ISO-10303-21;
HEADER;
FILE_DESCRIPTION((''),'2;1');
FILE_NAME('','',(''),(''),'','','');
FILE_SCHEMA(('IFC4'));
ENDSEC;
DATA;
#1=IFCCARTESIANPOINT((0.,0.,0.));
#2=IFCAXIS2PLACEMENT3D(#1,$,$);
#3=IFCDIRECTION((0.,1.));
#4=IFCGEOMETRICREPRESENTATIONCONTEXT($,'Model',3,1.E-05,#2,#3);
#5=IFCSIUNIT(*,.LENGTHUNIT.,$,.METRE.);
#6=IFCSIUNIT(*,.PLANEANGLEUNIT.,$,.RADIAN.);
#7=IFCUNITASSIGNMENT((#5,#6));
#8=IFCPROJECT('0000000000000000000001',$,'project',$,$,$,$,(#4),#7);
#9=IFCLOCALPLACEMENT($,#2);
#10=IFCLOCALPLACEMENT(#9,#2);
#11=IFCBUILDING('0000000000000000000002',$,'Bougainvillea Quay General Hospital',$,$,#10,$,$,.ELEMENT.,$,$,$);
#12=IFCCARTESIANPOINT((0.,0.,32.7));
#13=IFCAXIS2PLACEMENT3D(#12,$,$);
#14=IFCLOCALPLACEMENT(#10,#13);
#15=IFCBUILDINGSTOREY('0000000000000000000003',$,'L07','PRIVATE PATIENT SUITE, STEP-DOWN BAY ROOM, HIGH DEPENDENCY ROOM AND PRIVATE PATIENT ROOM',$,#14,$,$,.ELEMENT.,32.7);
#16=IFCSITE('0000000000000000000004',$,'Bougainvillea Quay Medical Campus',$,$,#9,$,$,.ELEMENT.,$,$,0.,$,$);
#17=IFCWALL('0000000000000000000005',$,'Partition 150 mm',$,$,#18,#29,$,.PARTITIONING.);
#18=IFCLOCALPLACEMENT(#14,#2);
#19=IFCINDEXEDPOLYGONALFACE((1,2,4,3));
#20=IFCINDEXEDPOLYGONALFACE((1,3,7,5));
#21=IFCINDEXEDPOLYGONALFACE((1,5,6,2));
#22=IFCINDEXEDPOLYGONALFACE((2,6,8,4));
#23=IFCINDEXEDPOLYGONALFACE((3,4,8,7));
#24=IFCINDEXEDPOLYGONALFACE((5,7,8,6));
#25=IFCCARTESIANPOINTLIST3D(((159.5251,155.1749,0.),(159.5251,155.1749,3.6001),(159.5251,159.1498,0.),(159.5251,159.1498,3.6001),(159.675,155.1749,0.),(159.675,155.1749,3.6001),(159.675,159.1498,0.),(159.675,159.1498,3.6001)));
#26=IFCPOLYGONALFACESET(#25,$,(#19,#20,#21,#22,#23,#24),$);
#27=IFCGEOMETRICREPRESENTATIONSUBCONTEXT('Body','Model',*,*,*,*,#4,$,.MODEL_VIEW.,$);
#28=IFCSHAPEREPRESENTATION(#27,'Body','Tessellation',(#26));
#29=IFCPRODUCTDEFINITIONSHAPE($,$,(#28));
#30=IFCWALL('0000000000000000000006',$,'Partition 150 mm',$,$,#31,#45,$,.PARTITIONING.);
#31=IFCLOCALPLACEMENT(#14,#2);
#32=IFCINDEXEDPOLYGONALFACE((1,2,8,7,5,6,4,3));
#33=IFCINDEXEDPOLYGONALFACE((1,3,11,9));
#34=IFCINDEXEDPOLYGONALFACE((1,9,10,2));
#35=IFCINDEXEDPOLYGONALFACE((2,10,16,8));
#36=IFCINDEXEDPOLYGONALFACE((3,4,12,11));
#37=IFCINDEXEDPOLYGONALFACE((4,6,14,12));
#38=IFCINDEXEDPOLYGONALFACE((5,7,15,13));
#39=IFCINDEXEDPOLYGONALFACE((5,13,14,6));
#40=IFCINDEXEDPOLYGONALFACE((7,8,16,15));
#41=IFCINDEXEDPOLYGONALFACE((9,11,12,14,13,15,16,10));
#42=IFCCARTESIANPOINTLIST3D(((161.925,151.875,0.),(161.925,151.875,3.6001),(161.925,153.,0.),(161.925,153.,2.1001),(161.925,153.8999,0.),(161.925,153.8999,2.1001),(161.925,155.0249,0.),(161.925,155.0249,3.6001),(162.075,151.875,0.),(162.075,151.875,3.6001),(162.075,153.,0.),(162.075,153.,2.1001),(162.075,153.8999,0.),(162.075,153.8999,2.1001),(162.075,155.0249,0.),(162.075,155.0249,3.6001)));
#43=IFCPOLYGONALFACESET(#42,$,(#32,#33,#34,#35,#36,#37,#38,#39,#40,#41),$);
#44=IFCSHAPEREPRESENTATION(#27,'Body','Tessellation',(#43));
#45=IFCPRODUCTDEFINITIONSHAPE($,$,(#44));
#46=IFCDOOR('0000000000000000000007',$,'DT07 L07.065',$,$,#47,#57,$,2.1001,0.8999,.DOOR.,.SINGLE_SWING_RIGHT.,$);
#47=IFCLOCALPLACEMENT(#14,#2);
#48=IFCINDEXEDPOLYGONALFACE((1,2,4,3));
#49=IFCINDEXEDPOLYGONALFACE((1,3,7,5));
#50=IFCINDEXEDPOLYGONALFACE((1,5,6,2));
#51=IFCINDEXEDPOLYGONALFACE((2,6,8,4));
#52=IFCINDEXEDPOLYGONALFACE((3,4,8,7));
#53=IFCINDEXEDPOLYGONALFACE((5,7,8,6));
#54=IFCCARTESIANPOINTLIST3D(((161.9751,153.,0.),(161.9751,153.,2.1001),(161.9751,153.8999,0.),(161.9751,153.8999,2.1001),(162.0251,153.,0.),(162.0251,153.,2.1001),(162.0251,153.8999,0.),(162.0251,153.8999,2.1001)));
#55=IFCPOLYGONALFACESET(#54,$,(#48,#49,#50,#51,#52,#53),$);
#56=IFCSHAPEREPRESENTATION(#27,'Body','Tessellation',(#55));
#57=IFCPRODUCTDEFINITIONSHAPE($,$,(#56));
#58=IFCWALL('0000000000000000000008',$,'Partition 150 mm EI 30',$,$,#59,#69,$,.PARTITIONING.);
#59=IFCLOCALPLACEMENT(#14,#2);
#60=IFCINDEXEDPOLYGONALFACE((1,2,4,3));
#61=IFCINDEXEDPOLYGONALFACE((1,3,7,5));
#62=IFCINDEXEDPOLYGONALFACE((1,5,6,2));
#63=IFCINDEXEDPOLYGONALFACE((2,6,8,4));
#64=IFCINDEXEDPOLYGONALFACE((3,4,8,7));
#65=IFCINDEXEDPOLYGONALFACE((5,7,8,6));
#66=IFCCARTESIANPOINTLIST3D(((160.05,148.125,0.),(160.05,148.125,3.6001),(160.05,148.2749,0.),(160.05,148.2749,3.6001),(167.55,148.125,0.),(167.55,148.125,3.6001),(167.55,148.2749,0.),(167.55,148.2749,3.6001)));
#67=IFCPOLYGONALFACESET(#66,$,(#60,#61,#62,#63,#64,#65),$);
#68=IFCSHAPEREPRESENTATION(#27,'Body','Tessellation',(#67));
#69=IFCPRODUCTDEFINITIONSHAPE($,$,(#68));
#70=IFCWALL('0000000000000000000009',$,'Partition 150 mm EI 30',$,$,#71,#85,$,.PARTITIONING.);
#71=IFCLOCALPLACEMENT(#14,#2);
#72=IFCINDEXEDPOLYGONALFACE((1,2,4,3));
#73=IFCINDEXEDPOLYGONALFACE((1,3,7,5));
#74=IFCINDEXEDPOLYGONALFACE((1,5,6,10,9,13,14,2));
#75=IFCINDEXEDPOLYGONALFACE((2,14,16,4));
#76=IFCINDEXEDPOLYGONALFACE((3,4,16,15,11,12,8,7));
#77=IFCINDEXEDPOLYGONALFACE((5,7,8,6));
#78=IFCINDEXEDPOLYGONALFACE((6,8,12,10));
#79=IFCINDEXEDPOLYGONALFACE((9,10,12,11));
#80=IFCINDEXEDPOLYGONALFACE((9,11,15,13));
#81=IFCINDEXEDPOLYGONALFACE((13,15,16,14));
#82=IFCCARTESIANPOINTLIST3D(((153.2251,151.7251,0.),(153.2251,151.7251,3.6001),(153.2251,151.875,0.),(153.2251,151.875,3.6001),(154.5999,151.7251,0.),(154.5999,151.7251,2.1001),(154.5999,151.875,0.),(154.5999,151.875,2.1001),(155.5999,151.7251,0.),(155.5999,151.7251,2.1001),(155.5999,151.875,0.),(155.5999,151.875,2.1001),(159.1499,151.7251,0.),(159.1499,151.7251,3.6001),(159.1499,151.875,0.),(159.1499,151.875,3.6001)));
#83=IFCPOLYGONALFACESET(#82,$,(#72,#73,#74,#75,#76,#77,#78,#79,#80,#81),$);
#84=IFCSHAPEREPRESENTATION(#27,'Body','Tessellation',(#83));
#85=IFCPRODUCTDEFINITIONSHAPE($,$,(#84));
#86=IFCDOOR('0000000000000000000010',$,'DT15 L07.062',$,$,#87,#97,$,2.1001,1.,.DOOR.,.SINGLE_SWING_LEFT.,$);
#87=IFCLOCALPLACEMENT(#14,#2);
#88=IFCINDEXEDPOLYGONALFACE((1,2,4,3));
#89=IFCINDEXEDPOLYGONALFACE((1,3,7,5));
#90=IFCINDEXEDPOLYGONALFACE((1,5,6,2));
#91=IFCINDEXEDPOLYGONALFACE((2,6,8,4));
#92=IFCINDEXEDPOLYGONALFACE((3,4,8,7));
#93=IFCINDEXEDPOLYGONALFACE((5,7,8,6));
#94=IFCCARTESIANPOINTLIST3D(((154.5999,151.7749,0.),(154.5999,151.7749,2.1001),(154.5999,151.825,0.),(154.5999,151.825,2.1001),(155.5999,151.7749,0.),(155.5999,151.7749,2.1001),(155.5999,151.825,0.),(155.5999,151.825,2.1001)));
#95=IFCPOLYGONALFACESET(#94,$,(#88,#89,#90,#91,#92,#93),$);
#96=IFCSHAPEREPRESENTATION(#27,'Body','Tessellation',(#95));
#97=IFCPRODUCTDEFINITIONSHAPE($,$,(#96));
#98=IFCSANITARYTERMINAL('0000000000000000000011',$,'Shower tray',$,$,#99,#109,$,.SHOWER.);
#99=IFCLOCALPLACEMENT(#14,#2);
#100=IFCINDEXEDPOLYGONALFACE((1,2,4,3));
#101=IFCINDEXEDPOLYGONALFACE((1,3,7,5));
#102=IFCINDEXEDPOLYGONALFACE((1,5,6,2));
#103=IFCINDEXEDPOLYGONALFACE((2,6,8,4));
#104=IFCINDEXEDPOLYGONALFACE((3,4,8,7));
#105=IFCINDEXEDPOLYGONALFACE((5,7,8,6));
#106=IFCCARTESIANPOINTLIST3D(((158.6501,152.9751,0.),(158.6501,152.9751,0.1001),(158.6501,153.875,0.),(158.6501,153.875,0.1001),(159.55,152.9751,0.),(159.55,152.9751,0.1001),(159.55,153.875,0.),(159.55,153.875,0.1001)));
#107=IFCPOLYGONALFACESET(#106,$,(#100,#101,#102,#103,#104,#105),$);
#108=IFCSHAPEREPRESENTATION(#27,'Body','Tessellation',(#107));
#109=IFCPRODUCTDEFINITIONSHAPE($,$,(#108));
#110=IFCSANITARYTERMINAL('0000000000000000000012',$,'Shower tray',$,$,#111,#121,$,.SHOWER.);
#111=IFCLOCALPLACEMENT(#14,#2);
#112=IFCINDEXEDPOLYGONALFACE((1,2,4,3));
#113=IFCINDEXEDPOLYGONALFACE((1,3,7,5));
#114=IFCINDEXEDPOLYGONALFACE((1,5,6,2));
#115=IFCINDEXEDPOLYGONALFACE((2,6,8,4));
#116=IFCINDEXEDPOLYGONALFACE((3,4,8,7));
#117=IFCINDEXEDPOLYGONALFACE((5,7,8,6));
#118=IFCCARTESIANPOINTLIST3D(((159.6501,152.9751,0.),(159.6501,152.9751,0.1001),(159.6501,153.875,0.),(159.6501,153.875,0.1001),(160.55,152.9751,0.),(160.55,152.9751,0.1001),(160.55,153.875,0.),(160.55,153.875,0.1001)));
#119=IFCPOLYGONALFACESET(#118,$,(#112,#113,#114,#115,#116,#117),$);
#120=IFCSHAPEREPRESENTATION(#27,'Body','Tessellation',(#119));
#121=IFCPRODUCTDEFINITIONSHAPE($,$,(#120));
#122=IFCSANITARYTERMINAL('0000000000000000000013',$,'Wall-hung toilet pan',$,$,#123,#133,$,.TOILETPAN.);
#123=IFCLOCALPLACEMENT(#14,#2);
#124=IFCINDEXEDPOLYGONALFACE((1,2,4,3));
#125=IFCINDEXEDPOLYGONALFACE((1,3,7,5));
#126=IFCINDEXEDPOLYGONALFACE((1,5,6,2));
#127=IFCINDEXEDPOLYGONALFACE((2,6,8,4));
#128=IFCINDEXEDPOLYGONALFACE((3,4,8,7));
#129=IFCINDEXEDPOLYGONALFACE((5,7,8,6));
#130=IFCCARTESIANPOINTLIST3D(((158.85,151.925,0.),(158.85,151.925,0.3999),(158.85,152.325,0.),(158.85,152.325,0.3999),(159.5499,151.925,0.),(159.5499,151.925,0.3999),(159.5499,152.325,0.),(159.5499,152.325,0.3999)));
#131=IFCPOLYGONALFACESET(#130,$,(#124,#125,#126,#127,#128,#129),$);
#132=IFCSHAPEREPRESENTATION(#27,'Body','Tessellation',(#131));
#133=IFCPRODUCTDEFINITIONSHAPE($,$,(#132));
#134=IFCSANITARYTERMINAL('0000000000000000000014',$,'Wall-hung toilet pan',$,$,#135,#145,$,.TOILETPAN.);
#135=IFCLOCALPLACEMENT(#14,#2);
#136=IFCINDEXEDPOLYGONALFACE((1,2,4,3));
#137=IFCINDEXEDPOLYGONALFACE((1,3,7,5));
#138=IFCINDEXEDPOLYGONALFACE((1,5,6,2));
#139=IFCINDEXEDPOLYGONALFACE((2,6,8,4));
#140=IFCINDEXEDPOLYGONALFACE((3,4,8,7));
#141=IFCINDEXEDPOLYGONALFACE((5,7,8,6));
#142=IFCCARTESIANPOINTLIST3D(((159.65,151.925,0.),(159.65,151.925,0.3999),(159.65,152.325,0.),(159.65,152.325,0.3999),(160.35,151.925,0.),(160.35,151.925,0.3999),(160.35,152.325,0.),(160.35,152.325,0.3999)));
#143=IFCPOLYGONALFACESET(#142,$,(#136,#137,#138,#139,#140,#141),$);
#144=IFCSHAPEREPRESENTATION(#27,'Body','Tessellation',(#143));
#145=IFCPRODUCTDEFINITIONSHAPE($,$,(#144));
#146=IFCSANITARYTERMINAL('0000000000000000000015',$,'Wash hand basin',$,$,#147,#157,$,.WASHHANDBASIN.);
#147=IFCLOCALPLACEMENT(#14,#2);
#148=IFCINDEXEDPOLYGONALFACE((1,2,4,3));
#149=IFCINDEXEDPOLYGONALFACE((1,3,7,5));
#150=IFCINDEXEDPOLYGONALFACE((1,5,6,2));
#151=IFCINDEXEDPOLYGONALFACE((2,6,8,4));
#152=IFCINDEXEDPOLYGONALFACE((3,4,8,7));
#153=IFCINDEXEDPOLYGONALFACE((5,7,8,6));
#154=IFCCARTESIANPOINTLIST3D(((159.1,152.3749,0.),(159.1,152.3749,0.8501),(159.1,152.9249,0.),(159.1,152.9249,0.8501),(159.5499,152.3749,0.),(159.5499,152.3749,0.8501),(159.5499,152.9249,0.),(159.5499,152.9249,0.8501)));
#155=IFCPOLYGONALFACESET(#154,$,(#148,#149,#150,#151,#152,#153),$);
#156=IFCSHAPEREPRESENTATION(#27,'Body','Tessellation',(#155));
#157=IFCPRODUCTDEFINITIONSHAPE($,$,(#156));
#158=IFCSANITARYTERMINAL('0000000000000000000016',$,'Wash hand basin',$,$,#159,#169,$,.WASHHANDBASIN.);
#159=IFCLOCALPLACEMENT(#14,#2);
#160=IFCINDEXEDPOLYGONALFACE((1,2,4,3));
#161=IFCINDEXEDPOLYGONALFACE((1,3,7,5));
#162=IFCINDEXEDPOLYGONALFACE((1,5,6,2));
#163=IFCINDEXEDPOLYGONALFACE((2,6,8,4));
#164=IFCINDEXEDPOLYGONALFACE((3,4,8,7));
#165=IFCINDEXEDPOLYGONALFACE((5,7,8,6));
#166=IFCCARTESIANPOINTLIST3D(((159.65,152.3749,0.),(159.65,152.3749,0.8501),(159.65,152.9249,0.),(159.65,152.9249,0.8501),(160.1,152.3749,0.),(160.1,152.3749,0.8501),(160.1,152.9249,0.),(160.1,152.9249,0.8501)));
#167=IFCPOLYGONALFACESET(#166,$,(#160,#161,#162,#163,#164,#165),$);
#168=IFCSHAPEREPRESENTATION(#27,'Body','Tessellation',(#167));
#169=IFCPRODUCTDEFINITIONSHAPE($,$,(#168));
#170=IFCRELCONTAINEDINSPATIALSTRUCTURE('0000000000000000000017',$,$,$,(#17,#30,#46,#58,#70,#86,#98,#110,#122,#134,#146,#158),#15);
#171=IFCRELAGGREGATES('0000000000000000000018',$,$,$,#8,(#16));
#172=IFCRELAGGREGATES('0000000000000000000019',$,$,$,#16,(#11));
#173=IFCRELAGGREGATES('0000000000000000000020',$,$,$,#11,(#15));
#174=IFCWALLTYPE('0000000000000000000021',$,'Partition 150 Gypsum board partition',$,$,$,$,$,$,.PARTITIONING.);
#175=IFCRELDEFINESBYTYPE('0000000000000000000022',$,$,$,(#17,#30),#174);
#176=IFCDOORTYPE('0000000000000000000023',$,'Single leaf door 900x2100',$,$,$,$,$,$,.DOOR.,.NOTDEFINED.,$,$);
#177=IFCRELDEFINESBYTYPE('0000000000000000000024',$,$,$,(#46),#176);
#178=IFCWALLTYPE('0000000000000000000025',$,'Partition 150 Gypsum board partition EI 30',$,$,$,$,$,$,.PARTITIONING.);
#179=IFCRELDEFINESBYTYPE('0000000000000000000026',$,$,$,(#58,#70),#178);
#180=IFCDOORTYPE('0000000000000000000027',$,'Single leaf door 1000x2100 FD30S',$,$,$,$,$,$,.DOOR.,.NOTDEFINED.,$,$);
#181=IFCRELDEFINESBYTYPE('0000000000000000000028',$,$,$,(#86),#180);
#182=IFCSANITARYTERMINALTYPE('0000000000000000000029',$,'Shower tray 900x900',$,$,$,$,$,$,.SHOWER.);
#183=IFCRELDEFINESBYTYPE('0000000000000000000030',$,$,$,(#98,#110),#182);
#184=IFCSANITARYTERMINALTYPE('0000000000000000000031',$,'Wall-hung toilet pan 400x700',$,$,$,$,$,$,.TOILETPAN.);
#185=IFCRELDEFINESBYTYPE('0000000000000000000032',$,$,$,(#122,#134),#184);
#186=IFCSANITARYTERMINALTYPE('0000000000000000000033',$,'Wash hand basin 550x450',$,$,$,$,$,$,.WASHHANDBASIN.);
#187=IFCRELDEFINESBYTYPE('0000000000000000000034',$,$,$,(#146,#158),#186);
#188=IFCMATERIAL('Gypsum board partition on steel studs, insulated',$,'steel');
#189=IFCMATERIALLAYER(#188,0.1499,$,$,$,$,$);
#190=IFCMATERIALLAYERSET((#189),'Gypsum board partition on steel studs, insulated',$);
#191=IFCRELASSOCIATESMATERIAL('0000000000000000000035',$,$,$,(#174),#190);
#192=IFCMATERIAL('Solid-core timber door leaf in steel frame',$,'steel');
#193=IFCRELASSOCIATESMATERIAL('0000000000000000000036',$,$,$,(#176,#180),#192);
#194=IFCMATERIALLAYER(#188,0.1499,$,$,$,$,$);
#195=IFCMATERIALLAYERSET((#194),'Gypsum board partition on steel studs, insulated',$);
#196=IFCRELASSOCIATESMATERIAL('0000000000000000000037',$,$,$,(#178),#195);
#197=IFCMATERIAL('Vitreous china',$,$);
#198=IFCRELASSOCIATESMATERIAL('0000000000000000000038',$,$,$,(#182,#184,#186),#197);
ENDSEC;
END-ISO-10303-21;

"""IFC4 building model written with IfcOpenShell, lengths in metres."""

from ifc_helpers import new_model, si_unit, direction, frame, frame_2d, origin, origin_2d, place, context, subcontext, project, spatial, rectangle, extrude, material, layer, layer_set, type_object, element, fill, save


model = new_model("IFC4")

# Units and contexts
model_context = context("Model", 3, precision=1e-05, world=origin(), true_north=direction((0.0, 1.0)))
body_context = subcontext(model_context, "Body", "Model", "MODEL_VIEW")
ifc_project = project(units=[si_unit("LENGTHUNIT", "METRE"), si_unit("PLANEANGLEUNIT", "RADIAN")], contexts=[model_context])

# Site, building, storey
site_placement = place(None, origin())
site = spatial("IfcSite", under=ifc_project, at=site_placement, Name="Bougainvillea Quay Medical Campus", CompositionType="ELEMENT", RefElevation=0.0)
building_placement = place(site_placement, origin())
building = spatial("IfcBuilding", under=site, at=building_placement, Name="Bougainvillea Quay General Hospital", CompositionType="ELEMENT")
storey_placement = place(building_placement, frame((0.0, 0.0, 32.7)))
storey = spatial("IfcBuildingStorey", under=building, at=storey_placement, Name="L07", Description="PRIVATE PATIENT SUITE, STEP-DOWN BAY ROOM, HIGH DEPENDENCY ROOM AND PRIVATE PATIENT ROOM", CompositionType="ELEMENT", Elevation=32.7)

# Wall
ifc_material_1 = material(Name="Gypsum board partition on steel studs, insulated", Category="steel")
ifc_layer_1 = layer(ifc_material_1, 0.1499)
ifc_layer_set_1 = layer_set([ifc_layer_1], Name="Gypsum board partition on steel studs, insulated")
wall_type_1 = type_object("IfcWallType", Name="Partition 150 Gypsum board partition", PredefinedType="PARTITIONING", material=ifc_layer_set_1)
wall_1_placement = place(storey_placement, frame((159.6001, 155.175, 0.0), z_axis=(0.0, 0.0, 1.0), x_axis=(0.0, 1.0, 0.0)))
element("IfcWall", 1, at=wall_1_placement, inside=storey, type_object=wall_type_1, Name="Partition 150 mm", PredefinedType="PARTITIONING", context=body_context, shape_type="SweptSolid", body=[
    extrude(rectangle(XDim=3.9749, YDim=0.1499, at=frame_2d((1.9873, 0.0))), origin(), (0.0, 0.0, 1.0), 3.6001),
])

# Wall, opening, door
wall_2_placement = place(storey_placement, frame((162.0, 151.875, 0.0), z_axis=(0.0, 0.0, 1.0), x_axis=(0.0, 1.0, 0.0)))
wall_2 = element("IfcWall", 2, at=wall_2_placement, inside=storey, type_object=wall_type_1, Name="Partition 150 mm", PredefinedType="PARTITIONING", context=body_context, shape_type="SweptSolid", body=[
    extrude(rectangle(XDim=3.1499, YDim=0.1499, at=frame_2d((1.575, 0.0))), origin(), (0.0, 0.0, 1.0), 3.6001),
])
opening_1_placement = place(wall_2_placement, frame((1.125, 0.0, 0.0)))
opening_1 = element("IfcOpeningElement", 3, at=opening_1_placement, cuts=wall_2, PredefinedType="OPENING", context=body_context, shape_type="SweptSolid", body=[
    extrude(rectangle(XDim=0.8999, YDim=2.1001, at=frame_2d((0.45, 1.05))), frame((0.0, 0.085, 0.0), z_axis=(0.0, -1.0, 0.0), x_axis=(1.0, 0.0, 0.0)), (0.0, 0.0, 1.0), 0.1699),
])
ifc_material_2 = material(Name="Solid-core timber door leaf in steel frame", Category="steel")
door_type_1 = type_object("IfcDoorType", Name="Single leaf door 900x2100", OperationType="NOTDEFINED", PredefinedType="DOOR", material=ifc_material_2)
door_1_placement = place(opening_1_placement, origin())
door_1 = element("IfcDoor", 4, at=door_1_placement, inside=storey, type_object=door_type_1, Name="DT07 L07.065", OperationType="SINGLE_SWING_RIGHT", OverallHeight=2.1001, OverallWidth=0.8999, PredefinedType="DOOR", context=body_context, shape_type="SweptSolid", body=[
    extrude(rectangle(XDim=0.8999, YDim=2.1001, at=frame_2d((0.45, 1.05))), frame((0.0, 0.0249, 0.0), z_axis=(0.0, -1.0, 0.0), x_axis=(1.0, 0.0, 0.0)), (0.0, 0.0, 1.0), 0.05),
])
fill(opening_1, door_1)

# Wall
ifc_layer_2 = layer(ifc_material_1, 0.1499)
ifc_layer_set_2 = layer_set([ifc_layer_2], Name="Gypsum board partition on steel studs, insulated")
wall_type_2 = type_object("IfcWallType", Name="Partition 150 Gypsum board partition EI 30", PredefinedType="PARTITIONING", material=ifc_layer_set_2)
wall_3_placement = place(storey_placement, frame((160.05, 148.2, 0.0), z_axis=(0.0, 0.0, 1.0), x_axis=(1.0, 0.0, 0.0)))
element("IfcWall", 5, at=wall_3_placement, inside=storey, type_object=wall_type_2, Name="Partition 150 mm EI 30", PredefinedType="PARTITIONING", context=body_context, shape_type="SweptSolid", body=[
    extrude(rectangle(XDim=7.5, YDim=0.1499, at=frame_2d((3.75, 0.0))), origin(), (0.0, 0.0, 1.0), 3.6001),
])

# Wall, opening, door
wall_4_placement = place(storey_placement, frame((159.1499, 151.8, 0.0), z_axis=(0.0, 0.0, 1.0), x_axis=(-1.0, 0.0, 0.0)))
wall_4 = element("IfcWall", 6, at=wall_4_placement, inside=storey, type_object=wall_type_2, Name="Partition 150 mm EI 30", PredefinedType="PARTITIONING", context=body_context, shape_type="SweptSolid", body=[
    extrude(rectangle(XDim=5.9248, YDim=0.1499, at=frame_2d((2.9624, 0.0))), origin(), (0.0, 0.0, 1.0), 3.6001),
])
opening_2_placement = place(wall_4_placement, frame((3.55, 0.0, 0.0)))
opening_2 = element("IfcOpeningElement", 7, at=opening_2_placement, cuts=wall_4, PredefinedType="OPENING", context=body_context, shape_type="SweptSolid", body=[
    extrude(rectangle(XDim=1.0, YDim=2.1001, at=frame_2d((0.5, 1.05))), frame((0.0, 0.085, 0.0), z_axis=(0.0, -1.0, 0.0), x_axis=(1.0, 0.0, 0.0)), (0.0, 0.0, 1.0), 0.1699),
])
door_type_2 = type_object("IfcDoorType", Name="Single leaf door 1000x2100 FD30S", OperationType="NOTDEFINED", PredefinedType="DOOR", material=ifc_material_2)
door_2_placement = place(opening_2_placement, frame((1.0, 0.0, 0.0), z_axis=(0.0, 0.0, 1.0), x_axis=(-1.0, 0.0, 0.0)))
door_2 = element("IfcDoor", 8, at=door_2_placement, inside=storey, type_object=door_type_2, Name="DT15 L07.062", OperationType="SINGLE_SWING_LEFT", OverallHeight=2.1001, OverallWidth=1.0, PredefinedType="DOOR", context=body_context, shape_type="SweptSolid", body=[
    extrude(rectangle(XDim=1.0, YDim=2.1001, at=frame_2d((0.5, 1.05))), frame((0.0, 0.0249, 0.0), z_axis=(0.0, -1.0, 0.0), x_axis=(1.0, 0.0, 0.0)), (0.0, 0.0, 1.0), 0.05),
])
fill(opening_2, door_2)

# Sanitary terminals
ifc_material_3 = material(Name="Vitreous china")
sanitary_terminal_type_1 = type_object("IfcSanitaryTerminalType", Name="Shower tray 900x900", PredefinedType="SHOWER", material=ifc_material_3)
for number, where, z_axis, x_axis, name in (
    (9, (159.1001, 153.425, 0.0), (0.0, 0.0, 1.0), (0.0, -1.0, 0.0), "Shower tray"),
    (10, (160.1001, 153.425, 0.0), (0.0, 0.0, 1.0), (0.0, 1.0, 0.0), "Shower tray"),
):
    element("IfcSanitaryTerminal", number, at=place(storey_placement, frame(where, z_axis=z_axis, x_axis=x_axis)), inside=storey, type_object=sanitary_terminal_type_1, Name=name, PredefinedType="SHOWER", context=body_context, shape_type="SweptSolid", body=[
        extrude(rectangle(XDim=0.8999, YDim=0.8999, at=origin_2d()), origin(), (0.0, 0.0, 1.0), 0.1001),
    ])
sanitary_terminal_type_2 = type_object("IfcSanitaryTerminalType", Name="Wall-hung toilet pan 400x700", PredefinedType="TOILETPAN", material=ifc_material_3)
for number, where, z_axis, x_axis, name in (
    (11, (159.2, 152.125, 0.0), (0.0, 0.0, 1.0), (0.0, -1.0, 0.0), "Wall-hung toilet pan"),
    (12, (160.0, 152.125, 0.0), (0.0, 0.0, 1.0), (0.0, 1.0, 0.0), "Wall-hung toilet pan"),
):
    element("IfcSanitaryTerminal", number, at=place(storey_placement, frame(where, z_axis=z_axis, x_axis=x_axis)), inside=storey, type_object=sanitary_terminal_type_2, Name=name, PredefinedType="TOILETPAN", context=body_context, shape_type="SweptSolid", body=[
        extrude(rectangle(XDim=0.3999, YDim=0.7, at=origin_2d()), origin(), (0.0, 0.0, 1.0), 0.3999),
    ])
sanitary_terminal_type_3 = type_object("IfcSanitaryTerminalType", Name="Wash hand basin 550x450", PredefinedType="WASHHANDBASIN", material=ifc_material_3)
for number, where, z_axis, x_axis, name in (
    (13, (159.325, 152.6499, 0.0), (0.0, 0.0, 1.0), (0.0, -1.0, 0.0), "Wash hand basin"),
    (14, (159.875, 152.6499, 0.0), (0.0, 0.0, 1.0), (0.0, 1.0, 0.0), "Wash hand basin"),
):
    element("IfcSanitaryTerminal", number, at=place(storey_placement, frame(where, z_axis=z_axis, x_axis=x_axis)), inside=storey, type_object=sanitary_terminal_type_3, Name=name, PredefinedType="WASHHANDBASIN", context=body_context, shape_type="SweptSolid", body=[
        extrude(rectangle(XDim=0.55, YDim=0.45, at=origin_2d()), origin(), (0.0, 0.0, 1.0), 0.8501),
    ])

save(model, "model.ifc")
